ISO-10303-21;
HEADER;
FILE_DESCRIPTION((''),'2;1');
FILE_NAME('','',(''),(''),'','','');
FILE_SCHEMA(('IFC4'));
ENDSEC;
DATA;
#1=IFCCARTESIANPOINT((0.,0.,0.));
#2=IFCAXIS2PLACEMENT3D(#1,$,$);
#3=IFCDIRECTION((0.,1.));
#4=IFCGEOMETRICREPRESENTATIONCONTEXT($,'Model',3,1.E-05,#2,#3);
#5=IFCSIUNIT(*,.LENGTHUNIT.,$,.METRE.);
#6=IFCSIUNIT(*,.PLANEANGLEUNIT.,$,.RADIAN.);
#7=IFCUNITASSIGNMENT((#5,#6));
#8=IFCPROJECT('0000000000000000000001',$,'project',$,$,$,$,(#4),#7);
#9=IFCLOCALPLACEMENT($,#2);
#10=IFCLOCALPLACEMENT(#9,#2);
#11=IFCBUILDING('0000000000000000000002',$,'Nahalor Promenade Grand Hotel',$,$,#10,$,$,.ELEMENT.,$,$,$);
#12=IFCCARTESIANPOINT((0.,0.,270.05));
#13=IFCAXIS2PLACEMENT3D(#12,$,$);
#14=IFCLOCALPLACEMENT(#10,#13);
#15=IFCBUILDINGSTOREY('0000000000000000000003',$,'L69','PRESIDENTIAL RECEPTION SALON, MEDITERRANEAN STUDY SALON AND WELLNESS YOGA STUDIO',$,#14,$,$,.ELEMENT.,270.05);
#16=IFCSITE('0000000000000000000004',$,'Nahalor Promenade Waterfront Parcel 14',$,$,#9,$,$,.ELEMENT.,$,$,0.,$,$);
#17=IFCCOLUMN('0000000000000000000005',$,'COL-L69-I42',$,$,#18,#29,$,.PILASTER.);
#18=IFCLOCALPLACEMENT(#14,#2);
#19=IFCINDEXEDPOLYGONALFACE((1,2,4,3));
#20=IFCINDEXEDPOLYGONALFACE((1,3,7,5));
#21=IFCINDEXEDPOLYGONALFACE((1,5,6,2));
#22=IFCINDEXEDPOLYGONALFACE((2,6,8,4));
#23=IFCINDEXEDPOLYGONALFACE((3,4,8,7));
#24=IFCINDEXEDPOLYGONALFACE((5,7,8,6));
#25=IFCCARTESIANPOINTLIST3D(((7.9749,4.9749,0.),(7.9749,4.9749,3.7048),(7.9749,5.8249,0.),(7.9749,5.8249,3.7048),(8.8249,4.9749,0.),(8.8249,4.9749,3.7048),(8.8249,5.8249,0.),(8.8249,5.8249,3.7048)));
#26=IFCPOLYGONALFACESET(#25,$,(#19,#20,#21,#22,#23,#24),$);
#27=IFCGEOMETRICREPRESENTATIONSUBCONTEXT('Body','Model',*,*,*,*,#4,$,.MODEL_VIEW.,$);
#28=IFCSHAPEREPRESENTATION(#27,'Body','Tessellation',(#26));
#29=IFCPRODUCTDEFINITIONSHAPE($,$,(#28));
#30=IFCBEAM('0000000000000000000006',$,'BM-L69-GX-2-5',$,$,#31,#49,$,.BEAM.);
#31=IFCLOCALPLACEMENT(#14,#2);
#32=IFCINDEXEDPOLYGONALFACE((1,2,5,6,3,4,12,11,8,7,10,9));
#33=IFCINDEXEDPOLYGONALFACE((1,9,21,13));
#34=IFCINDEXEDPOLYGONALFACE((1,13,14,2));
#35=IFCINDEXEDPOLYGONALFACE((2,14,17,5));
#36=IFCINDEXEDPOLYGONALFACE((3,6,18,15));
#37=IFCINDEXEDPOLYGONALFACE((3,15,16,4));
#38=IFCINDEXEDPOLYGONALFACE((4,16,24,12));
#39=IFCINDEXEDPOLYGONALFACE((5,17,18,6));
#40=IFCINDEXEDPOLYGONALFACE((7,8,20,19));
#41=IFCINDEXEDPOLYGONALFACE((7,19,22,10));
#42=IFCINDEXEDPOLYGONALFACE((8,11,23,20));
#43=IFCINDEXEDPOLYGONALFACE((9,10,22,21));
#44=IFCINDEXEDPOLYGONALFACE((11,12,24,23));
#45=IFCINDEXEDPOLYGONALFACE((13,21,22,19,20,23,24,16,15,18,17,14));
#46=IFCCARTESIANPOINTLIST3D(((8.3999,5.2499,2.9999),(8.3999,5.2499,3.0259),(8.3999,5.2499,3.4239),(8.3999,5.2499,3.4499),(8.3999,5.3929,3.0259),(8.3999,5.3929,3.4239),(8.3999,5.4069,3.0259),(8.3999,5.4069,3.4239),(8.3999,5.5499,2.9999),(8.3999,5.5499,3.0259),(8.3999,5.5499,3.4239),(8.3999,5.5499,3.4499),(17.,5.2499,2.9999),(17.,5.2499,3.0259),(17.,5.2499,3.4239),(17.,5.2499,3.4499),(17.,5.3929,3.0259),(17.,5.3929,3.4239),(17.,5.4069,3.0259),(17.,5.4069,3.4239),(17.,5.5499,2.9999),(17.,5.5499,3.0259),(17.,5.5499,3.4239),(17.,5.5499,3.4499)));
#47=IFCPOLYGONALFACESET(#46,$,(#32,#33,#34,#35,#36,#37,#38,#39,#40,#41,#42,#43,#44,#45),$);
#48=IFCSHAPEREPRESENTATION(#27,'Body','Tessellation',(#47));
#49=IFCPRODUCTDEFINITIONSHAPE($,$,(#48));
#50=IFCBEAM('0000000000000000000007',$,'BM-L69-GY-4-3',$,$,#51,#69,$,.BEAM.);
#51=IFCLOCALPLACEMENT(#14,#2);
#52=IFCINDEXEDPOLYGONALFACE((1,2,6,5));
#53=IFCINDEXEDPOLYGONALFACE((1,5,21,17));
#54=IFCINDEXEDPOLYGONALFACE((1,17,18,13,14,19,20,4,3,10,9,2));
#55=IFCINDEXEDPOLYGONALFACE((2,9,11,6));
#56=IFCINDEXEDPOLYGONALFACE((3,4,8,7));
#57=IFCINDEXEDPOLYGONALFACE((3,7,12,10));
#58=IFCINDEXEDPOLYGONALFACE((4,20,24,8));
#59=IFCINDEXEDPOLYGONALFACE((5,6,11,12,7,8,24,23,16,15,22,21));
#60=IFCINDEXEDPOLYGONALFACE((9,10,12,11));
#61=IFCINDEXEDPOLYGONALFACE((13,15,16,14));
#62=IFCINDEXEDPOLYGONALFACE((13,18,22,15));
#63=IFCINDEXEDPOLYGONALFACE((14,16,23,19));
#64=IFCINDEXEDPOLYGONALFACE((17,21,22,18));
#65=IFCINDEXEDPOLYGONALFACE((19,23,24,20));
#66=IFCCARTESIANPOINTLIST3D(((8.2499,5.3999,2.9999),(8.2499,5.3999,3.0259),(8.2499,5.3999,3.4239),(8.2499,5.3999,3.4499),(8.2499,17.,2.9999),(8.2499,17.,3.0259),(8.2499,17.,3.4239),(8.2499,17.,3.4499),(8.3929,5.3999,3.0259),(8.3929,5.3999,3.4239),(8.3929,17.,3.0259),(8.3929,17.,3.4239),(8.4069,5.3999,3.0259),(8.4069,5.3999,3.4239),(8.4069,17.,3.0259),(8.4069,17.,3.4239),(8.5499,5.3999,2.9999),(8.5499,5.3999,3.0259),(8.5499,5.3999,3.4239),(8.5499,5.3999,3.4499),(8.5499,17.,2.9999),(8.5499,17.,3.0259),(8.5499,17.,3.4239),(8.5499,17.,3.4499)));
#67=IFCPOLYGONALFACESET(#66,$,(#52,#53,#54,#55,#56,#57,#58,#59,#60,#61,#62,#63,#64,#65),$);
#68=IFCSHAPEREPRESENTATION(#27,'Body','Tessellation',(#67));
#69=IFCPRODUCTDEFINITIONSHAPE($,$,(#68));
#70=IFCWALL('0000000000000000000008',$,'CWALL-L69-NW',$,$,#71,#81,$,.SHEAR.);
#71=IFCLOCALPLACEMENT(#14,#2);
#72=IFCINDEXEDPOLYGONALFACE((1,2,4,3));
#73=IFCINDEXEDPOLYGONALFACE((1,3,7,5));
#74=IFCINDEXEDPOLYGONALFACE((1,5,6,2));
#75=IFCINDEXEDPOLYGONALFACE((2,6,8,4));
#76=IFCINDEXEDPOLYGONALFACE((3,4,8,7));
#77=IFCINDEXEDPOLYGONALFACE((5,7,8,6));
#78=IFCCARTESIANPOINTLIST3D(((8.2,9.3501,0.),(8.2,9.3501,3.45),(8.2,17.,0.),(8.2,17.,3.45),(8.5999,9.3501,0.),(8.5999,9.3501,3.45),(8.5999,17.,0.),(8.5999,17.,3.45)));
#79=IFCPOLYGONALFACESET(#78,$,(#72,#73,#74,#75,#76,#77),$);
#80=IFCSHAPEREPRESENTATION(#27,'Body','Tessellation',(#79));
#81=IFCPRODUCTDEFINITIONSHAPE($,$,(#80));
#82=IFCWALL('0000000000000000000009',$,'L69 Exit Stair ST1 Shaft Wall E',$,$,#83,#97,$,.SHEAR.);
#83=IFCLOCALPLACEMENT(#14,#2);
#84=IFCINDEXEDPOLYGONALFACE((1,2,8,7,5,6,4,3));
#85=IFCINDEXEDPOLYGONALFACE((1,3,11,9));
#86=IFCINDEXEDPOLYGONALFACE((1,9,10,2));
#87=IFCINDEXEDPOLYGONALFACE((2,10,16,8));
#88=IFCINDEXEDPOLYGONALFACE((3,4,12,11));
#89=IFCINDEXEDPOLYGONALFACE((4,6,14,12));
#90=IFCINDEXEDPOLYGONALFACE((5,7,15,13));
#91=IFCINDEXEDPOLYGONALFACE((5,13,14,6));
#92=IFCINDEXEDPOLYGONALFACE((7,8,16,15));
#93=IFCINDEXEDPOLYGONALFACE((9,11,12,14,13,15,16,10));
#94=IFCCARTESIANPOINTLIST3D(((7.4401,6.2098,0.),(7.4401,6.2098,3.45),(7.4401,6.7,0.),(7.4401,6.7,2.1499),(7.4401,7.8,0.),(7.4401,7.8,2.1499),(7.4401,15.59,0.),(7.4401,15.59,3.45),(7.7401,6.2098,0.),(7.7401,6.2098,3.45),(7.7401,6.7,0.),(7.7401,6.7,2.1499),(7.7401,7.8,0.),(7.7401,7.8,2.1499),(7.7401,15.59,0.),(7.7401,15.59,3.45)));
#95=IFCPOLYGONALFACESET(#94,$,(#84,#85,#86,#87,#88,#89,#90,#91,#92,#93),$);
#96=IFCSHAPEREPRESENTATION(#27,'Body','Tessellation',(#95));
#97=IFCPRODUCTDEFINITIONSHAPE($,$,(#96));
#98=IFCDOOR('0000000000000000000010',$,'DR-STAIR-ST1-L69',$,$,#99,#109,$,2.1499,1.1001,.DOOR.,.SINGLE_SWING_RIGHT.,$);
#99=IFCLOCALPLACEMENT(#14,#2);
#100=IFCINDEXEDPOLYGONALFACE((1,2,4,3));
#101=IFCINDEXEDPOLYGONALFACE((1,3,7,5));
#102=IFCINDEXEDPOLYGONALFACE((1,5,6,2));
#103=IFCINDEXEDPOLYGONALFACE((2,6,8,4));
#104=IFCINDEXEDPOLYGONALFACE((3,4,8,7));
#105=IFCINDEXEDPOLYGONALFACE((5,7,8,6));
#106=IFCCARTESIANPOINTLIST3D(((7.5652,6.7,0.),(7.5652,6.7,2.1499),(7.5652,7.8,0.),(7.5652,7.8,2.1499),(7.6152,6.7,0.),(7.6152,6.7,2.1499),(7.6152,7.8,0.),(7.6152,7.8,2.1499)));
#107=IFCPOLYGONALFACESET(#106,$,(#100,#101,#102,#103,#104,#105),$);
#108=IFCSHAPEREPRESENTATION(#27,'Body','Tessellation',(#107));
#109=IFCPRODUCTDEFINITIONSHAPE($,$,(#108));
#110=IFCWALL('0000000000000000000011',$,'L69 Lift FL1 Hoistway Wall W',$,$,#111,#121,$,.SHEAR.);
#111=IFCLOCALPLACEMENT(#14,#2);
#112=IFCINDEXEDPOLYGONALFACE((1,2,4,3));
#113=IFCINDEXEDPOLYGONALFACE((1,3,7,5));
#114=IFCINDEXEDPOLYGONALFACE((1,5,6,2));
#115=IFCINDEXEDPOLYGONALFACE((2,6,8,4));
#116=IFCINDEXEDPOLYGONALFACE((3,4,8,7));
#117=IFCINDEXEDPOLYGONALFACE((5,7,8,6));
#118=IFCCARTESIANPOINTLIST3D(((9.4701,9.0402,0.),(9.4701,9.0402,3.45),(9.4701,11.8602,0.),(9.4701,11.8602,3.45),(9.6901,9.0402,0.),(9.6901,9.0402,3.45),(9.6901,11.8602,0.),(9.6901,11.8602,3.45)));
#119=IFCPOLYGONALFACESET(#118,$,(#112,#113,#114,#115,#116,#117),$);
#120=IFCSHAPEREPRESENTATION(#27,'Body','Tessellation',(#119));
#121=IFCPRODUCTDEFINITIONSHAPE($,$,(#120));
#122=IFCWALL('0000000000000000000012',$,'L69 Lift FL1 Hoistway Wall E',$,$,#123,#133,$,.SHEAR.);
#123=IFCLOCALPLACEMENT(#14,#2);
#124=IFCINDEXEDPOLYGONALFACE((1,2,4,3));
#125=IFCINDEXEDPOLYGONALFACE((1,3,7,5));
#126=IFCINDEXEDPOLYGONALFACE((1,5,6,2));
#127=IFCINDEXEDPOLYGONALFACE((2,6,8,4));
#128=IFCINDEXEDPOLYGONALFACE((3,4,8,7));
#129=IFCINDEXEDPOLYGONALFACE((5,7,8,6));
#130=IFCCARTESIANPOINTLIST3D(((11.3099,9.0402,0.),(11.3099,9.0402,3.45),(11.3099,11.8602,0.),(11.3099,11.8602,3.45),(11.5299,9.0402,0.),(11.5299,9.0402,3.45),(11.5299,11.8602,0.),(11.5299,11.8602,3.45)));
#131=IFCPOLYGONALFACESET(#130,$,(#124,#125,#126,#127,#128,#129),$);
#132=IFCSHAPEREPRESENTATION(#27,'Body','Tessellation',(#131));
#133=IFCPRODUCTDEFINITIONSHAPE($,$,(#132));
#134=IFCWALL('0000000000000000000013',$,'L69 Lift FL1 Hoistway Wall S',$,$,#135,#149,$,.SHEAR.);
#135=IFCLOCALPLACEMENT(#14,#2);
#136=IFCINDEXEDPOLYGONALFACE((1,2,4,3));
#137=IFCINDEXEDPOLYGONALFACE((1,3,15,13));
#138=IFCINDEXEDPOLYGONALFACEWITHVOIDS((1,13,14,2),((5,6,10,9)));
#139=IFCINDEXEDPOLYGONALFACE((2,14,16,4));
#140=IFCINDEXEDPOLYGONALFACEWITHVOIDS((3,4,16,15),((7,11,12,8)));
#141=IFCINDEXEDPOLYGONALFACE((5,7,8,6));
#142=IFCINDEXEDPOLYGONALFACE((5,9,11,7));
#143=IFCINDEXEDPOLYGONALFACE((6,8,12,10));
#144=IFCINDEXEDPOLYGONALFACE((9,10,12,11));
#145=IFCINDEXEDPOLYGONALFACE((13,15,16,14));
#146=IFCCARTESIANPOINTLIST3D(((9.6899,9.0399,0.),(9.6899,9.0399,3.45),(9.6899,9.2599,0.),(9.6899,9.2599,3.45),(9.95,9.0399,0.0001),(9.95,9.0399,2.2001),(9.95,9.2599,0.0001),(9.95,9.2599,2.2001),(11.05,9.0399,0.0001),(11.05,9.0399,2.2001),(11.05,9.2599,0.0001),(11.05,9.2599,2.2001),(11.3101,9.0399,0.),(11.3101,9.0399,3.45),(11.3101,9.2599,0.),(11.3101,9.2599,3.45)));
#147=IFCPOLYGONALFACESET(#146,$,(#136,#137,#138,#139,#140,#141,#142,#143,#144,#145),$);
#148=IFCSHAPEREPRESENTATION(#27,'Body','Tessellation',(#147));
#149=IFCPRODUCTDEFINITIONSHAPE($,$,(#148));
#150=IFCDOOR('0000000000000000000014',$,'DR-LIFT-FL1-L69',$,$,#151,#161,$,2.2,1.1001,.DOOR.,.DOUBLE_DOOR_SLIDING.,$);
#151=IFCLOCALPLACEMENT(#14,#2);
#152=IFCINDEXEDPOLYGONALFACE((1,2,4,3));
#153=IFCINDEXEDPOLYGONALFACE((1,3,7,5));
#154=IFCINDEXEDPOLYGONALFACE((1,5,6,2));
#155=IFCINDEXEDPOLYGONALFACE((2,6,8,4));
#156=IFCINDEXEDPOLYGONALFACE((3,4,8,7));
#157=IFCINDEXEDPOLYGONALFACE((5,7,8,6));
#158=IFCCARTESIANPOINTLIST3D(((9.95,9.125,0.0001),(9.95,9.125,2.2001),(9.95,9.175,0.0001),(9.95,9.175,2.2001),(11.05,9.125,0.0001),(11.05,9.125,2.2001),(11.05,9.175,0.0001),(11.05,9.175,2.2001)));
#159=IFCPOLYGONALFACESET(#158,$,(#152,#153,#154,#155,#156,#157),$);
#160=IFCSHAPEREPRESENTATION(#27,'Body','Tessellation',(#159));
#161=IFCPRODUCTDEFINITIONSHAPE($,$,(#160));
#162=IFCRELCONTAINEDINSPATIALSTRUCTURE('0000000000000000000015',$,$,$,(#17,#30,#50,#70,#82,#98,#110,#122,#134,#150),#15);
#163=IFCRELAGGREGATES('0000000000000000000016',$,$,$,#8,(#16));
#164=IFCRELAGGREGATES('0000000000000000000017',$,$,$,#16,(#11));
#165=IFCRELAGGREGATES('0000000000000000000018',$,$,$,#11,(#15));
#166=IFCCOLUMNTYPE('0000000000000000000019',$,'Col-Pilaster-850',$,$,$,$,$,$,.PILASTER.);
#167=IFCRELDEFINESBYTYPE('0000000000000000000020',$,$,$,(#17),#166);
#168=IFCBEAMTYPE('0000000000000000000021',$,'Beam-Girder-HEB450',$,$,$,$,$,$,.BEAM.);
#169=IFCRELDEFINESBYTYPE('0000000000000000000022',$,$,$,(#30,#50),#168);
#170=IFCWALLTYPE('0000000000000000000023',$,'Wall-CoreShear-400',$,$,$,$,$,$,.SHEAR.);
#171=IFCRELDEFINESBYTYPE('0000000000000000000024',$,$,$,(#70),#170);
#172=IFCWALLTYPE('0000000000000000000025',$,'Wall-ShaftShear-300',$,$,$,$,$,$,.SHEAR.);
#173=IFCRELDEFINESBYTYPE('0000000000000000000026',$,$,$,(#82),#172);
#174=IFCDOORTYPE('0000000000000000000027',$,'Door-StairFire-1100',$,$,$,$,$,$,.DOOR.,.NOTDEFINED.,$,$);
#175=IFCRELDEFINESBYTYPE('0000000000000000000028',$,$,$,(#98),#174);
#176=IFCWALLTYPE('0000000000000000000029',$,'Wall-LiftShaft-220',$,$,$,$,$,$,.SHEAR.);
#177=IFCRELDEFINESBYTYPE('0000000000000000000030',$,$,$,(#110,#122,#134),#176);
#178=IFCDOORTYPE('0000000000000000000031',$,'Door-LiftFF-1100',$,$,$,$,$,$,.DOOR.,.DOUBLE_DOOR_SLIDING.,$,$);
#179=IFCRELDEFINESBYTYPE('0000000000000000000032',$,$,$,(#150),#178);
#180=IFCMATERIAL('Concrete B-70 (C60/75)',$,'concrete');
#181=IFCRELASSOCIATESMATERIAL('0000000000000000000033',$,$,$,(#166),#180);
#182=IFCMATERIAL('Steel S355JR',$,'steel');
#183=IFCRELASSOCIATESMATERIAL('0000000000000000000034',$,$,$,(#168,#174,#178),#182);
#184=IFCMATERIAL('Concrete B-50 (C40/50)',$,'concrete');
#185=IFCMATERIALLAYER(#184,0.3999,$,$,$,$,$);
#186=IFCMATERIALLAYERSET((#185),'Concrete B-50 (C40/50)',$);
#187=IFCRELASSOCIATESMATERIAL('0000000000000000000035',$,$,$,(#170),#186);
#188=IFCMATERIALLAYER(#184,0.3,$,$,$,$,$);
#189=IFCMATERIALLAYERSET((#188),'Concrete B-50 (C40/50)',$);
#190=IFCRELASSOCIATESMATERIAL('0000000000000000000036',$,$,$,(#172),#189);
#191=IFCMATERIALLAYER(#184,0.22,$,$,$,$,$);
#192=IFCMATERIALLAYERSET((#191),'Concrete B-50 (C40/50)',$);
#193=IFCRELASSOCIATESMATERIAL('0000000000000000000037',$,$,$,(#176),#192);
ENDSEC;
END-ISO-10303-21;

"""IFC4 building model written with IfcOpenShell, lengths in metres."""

from ifc_helpers import new_model, si_unit, direction, frame, frame_2d, origin, origin_2d, place, context, subcontext, project, spatial, rectangle, i_section, extrude, source, transform, mapped, material, layer, layer_set, material_profile, profile_set, type_object, element, fill, save


model = new_model("IFC4")

# Units and contexts
model_context = context("Model", 3, precision=1e-05, world=origin(), true_north=direction((0.0, 1.0)))
body_context = subcontext(model_context, "Body", "Model", "MODEL_VIEW")
ifc_project = project(units=[si_unit("LENGTHUNIT", "METRE"), si_unit("PLANEANGLEUNIT", "RADIAN")], contexts=[model_context])

# Site, building, storey
site_placement = place(None, origin())
site = spatial("IfcSite", under=ifc_project, at=site_placement, Name="Nahalor Promenade Waterfront Parcel 14", CompositionType="ELEMENT", RefElevation=0.0)
building_placement = place(site_placement, origin())
building = spatial("IfcBuilding", under=site, at=building_placement, Name="Nahalor Promenade Grand Hotel", CompositionType="ELEMENT")
storey_placement = place(building_placement, frame((0.0, 0.0, 270.05)))
storey = spatial("IfcBuildingStorey", under=building, at=storey_placement, Name="L69", Description="PRESIDENTIAL RECEPTION SALON, MEDITERRANEAN STUDY SALON AND WELLNESS YOGA STUDIO", CompositionType="ELEMENT", Elevation=270.05)

# Column
ifc_material_1 = material(Name="Concrete B-70 (C60/75)", Category="concrete")
ifc_material_profile_1 = material_profile(ifc_material_1, rectangle(XDim=0.85, YDim=0.85, at=origin_2d()), Name="RC 850x850")
ifc_profile_set_1 = profile_set([ifc_material_profile_1], Name="Concrete B-70 (C60/75)")
column_type = type_object("IfcColumnType", Name="Col-Pilaster-850", PredefinedType="PILASTER", material=ifc_profile_set_1)
shared_shape_1 = source(origin(), body_context, "Body", "SweptSolid", [
    extrude(rectangle(XDim=0.85, YDim=0.85, at=origin_2d()), origin(), (0.0, 0.0, 1.0), 3.7048),
])
column_placement = place(storey_placement, frame((8.3999, 5.3999, 0.0), z_axis=(0.0, 0.0, 1.0), x_axis=(1.0, 0.0, 0.0)))
element("IfcColumn", 1, at=column_placement, inside=storey, type_object=column_type, Name="COL-L69-I42", PredefinedType="PILASTER", context=body_context, shape_type="MappedRepresentation", body=[
    mapped(shared_shape_1, transform((0.0, 0.0, 0.0), scale=1.0)),
])

# Beams
ifc_material_2 = material(Name="Steel S355JR", Category="steel")
ifc_material_profile_2 = material_profile(ifc_material_2, i_section(OverallWidth=0.3, OverallDepth=0.45, WebThickness=0.014, FlangeThickness=0.026, at=origin_2d()), Name="HEB 450")
ifc_profile_set_2 = profile_set([ifc_material_profile_2], Name="Steel S355JR")
beam_type = type_object("IfcBeamType", Name="Beam-Girder-HEB450", PredefinedType="BEAM", material=ifc_profile_set_2)
shared_shape_2 = source(origin(), body_context, "Body", "SweptSolid", [
    extrude(i_section(OverallWidth=0.3, OverallDepth=0.45, WebThickness=0.014, FlangeThickness=0.026, at=origin_2d()), origin(), (0.0, 0.0, 1.0), 8.6001),
])
beam_1_placement = place(storey_placement, frame((8.3999, 5.3999, 3.2249), z_axis=(1.0, 0.0, 0.0), x_axis=(0.0, 1.0, 0.0)))
element("IfcBeam", 2, at=beam_1_placement, inside=storey, type_object=beam_type, Name="BM-L69-GX-2-5", PredefinedType="BEAM", context=body_context, shape_type="MappedRepresentation", body=[
    mapped(shared_shape_2, transform((0.0, 0.0, 0.0), scale=1.0)),
])
shared_shape_3 = source(origin(), body_context, "Body", "SweptSolid", [
    extrude(i_section(OverallWidth=0.3, OverallDepth=0.45, WebThickness=0.014, FlangeThickness=0.026, at=origin_2d()), origin(), (0.0, 0.0, 1.0), 11.6001),
])
beam_2_placement = place(storey_placement, frame((8.3999, 5.3999, 3.2249), z_axis=(0.0, 1.0, 0.0), x_axis=(-1.0, 0.0, 0.0)))
element("IfcBeam", 3, at=beam_2_placement, inside=storey, type_object=beam_type, Name="BM-L69-GY-4-3", PredefinedType="BEAM", context=body_context, shape_type="MappedRepresentation", body=[
    mapped(shared_shape_3, transform((0.0, 0.0, 0.0), scale=1.0)),
])

# Wall
ifc_material_3 = material(Name="Concrete B-50 (C40/50)", Category="concrete")
ifc_layer_1 = layer(ifc_material_3, 0.3999)
ifc_layer_set_1 = layer_set([ifc_layer_1], Name="Concrete B-50 (C40/50)")
wall_type_1 = type_object("IfcWallType", Name="Wall-CoreShear-400", PredefinedType="SHEAR", material=ifc_layer_set_1)
shared_shape_4 = source(origin(), body_context, "Body", "SweptSolid", [
    extrude(rectangle(XDim=7.6499, YDim=0.3999, at=frame_2d((3.825, 0.0))), origin(), (0.0, 0.0, 1.0), 3.45),
])
wall_1_placement = place(storey_placement, frame((8.3999, 9.3501, 0.0), z_axis=(0.0, 0.0, 1.0), x_axis=(0.0, 1.0, 0.0)))
element("IfcWall", 4, at=wall_1_placement, inside=storey, type_object=wall_type_1, Name="CWALL-L69-NW", PredefinedType="SHEAR", context=body_context, shape_type="MappedRepresentation", body=[
    mapped(shared_shape_4, transform((0.0, 0.0, 0.0), scale=1.0)),
])

# Wall, opening, door
ifc_layer_2 = layer(ifc_material_3, 0.3)
ifc_layer_set_2 = layer_set([ifc_layer_2], Name="Concrete B-50 (C40/50)")
wall_type_2 = type_object("IfcWallType", Name="Wall-ShaftShear-300", PredefinedType="SHEAR", material=ifc_layer_set_2)
shared_shape_5 = source(origin(), body_context, "Body", "SweptSolid", [
    extrude(rectangle(XDim=9.3801, YDim=0.3, at=frame_2d((4.6899, 0.0))), origin(), (0.0, 0.0, 1.0), 3.45),
])
wall_2_placement = place(storey_placement, frame((7.5901, 6.21, 0.0), z_axis=(0.0, 0.0, 1.0), x_axis=(0.0, 1.0, 0.0)))
wall_2 = element("IfcWall", 5, at=wall_2_placement, inside=storey, type_object=wall_type_2, Name="L69 Exit Stair ST1 Shaft Wall E", PredefinedType="SHEAR", context=body_context, shape_type="MappedRepresentation", body=[
    mapped(shared_shape_5, transform((0.0, 0.0, 0.0), scale=1.0)),
])
opening_1_placement = place(wall_2_placement, frame((0.49, 0.0, 0.0)))
opening_1 = element("IfcOpeningElement", 6, at=opening_1_placement, cuts=wall_2, PredefinedType="OPENING", context=body_context, shape_type="SweptSolid", body=[
    extrude(rectangle(XDim=1.1001, YDim=2.1499, at=frame_2d((0.55, 1.075))), frame((0.0, 0.1599, 0.0), z_axis=(0.0, -1.0, 0.0), x_axis=(1.0, 0.0, 0.0)), (0.0, 0.0, 1.0), 0.3201),
])
door_type_1 = type_object("IfcDoorType", Name="Door-StairFire-1100", OperationType="NOTDEFINED", PredefinedType="DOOR", material=ifc_material_2)
shared_shape_6 = source(origin(), body_context, "Body", "SweptSolid", [
    extrude(rectangle(XDim=1.1001, YDim=2.1499, at=frame_2d((0.55, 1.075))), frame((0.0, 0.0249, 0.0), z_axis=(0.0, -1.0, 0.0), x_axis=(1.0, 0.0, 0.0)), (0.0, 0.0, 1.0), 0.05),
])
door_1_placement = place(opening_1_placement, origin())
door_1 = element("IfcDoor", 7, at=door_1_placement, inside=storey, type_object=door_type_1, Name="DR-STAIR-ST1-L69", OperationType="SINGLE_SWING_RIGHT", OverallHeight=2.1499, OverallWidth=1.1001, PredefinedType="DOOR", context=body_context, shape_type="MappedRepresentation", body=[
    mapped(shared_shape_6, transform((0.0, 0.0, 0.0), scale=1.0)),
])
fill(opening_1, door_1)

# Walls
ifc_layer_3 = layer(ifc_material_3, 0.22)
ifc_layer_set_3 = layer_set([ifc_layer_3], Name="Concrete B-50 (C40/50)")
wall_type_3 = type_object("IfcWallType", Name="Wall-LiftShaft-220", PredefinedType="SHEAR", material=ifc_layer_set_3)
shared_shape_7 = source(origin(), body_context, "Body", "SweptSolid", [
    extrude(rectangle(XDim=2.8201, YDim=0.22, at=frame_2d((1.4102, 0.0))), origin(), (0.0, 0.0, 1.0), 3.45),
])
for number, where, z_axis, x_axis, name in (
    (8, (9.5801, 9.04, 0.0), (0.0, 0.0, 1.0), (0.0, 1.0, 0.0), "L69 Lift FL1 Hoistway Wall W"),
    (9, (11.4199, 9.04, 0.0), (0.0, 0.0, 1.0), (0.0, 1.0, 0.0), "L69 Lift FL1 Hoistway Wall E"),
):
    element("IfcWall", number, at=place(storey_placement, frame(where, z_axis=z_axis, x_axis=x_axis)), inside=storey, type_object=wall_type_3, Name=name, PredefinedType="SHEAR", context=body_context, shape_type="MappedRepresentation", body=[
        mapped(shared_shape_7, transform((0.0, 0.0, 0.0), scale=1.0)),
    ])

# Wall, opening, door
shared_shape_8 = source(origin(), body_context, "Body", "SweptSolid", [
    extrude(rectangle(XDim=1.6201, YDim=0.22, at=frame_2d((0.8101, 0.0))), origin(), (0.0, 0.0, 1.0), 3.45),
])
wall_3_placement = place(storey_placement, frame((9.6899, 9.1499, 0.0), z_axis=(0.0, 0.0, 1.0), x_axis=(1.0, 0.0, 0.0)))
wall_3 = element("IfcWall", 10, at=wall_3_placement, inside=storey, type_object=wall_type_3, Name="L69 Lift FL1 Hoistway Wall S", PredefinedType="SHEAR", context=body_context, shape_type="MappedRepresentation", body=[
    mapped(shared_shape_8, transform((0.0, 0.0, 0.0), scale=1.0)),
])
opening_2_placement = place(wall_3_placement, frame((0.26, 0.0, 0.0)))
opening_2 = element("IfcOpeningElement", 11, at=opening_2_placement, cuts=wall_3, PredefinedType="OPENING", context=body_context, shape_type="SweptSolid", body=[
    extrude(rectangle(XDim=1.1001, YDim=2.2, at=frame_2d((0.55, 1.1001))), frame((0.0, 0.1199, 0.0), z_axis=(0.0, -1.0, 0.0), x_axis=(1.0, 0.0, 0.0)), (0.0, 0.0, 1.0), 0.24),
])
door_type_2 = type_object("IfcDoorType", Name="Door-LiftFF-1100", OperationType="DOUBLE_DOOR_SLIDING", PredefinedType="DOOR", material=ifc_material_2)
shared_shape_9 = source(origin(), body_context, "Body", "SweptSolid", [
    extrude(rectangle(XDim=1.1001, YDim=2.2, at=frame_2d((0.55, 1.1001))), frame((0.0, 0.0249, 0.0), z_axis=(0.0, -1.0, 0.0), x_axis=(1.0, 0.0, 0.0)), (0.0, 0.0, 1.0), 0.05),
])
door_2_placement = place(opening_2_placement, frame((1.1001, 0.0, 0.0), z_axis=(0.0, 0.0, 1.0), x_axis=(-1.0, 0.0, 0.0)))
door_2 = element("IfcDoor", 12, at=door_2_placement, inside=storey, type_object=door_type_2, Name="DR-LIFT-FL1-L69", OperationType="DOUBLE_DOOR_SLIDING", OverallHeight=2.2, OverallWidth=1.1001, PredefinedType="DOOR", context=body_context, shape_type="MappedRepresentation", body=[
    mapped(shared_shape_9, transform((0.0, 0.0, 0.0), scale=1.0)),
])
fill(opening_2, door_2)

save(model, "model.ifc")
